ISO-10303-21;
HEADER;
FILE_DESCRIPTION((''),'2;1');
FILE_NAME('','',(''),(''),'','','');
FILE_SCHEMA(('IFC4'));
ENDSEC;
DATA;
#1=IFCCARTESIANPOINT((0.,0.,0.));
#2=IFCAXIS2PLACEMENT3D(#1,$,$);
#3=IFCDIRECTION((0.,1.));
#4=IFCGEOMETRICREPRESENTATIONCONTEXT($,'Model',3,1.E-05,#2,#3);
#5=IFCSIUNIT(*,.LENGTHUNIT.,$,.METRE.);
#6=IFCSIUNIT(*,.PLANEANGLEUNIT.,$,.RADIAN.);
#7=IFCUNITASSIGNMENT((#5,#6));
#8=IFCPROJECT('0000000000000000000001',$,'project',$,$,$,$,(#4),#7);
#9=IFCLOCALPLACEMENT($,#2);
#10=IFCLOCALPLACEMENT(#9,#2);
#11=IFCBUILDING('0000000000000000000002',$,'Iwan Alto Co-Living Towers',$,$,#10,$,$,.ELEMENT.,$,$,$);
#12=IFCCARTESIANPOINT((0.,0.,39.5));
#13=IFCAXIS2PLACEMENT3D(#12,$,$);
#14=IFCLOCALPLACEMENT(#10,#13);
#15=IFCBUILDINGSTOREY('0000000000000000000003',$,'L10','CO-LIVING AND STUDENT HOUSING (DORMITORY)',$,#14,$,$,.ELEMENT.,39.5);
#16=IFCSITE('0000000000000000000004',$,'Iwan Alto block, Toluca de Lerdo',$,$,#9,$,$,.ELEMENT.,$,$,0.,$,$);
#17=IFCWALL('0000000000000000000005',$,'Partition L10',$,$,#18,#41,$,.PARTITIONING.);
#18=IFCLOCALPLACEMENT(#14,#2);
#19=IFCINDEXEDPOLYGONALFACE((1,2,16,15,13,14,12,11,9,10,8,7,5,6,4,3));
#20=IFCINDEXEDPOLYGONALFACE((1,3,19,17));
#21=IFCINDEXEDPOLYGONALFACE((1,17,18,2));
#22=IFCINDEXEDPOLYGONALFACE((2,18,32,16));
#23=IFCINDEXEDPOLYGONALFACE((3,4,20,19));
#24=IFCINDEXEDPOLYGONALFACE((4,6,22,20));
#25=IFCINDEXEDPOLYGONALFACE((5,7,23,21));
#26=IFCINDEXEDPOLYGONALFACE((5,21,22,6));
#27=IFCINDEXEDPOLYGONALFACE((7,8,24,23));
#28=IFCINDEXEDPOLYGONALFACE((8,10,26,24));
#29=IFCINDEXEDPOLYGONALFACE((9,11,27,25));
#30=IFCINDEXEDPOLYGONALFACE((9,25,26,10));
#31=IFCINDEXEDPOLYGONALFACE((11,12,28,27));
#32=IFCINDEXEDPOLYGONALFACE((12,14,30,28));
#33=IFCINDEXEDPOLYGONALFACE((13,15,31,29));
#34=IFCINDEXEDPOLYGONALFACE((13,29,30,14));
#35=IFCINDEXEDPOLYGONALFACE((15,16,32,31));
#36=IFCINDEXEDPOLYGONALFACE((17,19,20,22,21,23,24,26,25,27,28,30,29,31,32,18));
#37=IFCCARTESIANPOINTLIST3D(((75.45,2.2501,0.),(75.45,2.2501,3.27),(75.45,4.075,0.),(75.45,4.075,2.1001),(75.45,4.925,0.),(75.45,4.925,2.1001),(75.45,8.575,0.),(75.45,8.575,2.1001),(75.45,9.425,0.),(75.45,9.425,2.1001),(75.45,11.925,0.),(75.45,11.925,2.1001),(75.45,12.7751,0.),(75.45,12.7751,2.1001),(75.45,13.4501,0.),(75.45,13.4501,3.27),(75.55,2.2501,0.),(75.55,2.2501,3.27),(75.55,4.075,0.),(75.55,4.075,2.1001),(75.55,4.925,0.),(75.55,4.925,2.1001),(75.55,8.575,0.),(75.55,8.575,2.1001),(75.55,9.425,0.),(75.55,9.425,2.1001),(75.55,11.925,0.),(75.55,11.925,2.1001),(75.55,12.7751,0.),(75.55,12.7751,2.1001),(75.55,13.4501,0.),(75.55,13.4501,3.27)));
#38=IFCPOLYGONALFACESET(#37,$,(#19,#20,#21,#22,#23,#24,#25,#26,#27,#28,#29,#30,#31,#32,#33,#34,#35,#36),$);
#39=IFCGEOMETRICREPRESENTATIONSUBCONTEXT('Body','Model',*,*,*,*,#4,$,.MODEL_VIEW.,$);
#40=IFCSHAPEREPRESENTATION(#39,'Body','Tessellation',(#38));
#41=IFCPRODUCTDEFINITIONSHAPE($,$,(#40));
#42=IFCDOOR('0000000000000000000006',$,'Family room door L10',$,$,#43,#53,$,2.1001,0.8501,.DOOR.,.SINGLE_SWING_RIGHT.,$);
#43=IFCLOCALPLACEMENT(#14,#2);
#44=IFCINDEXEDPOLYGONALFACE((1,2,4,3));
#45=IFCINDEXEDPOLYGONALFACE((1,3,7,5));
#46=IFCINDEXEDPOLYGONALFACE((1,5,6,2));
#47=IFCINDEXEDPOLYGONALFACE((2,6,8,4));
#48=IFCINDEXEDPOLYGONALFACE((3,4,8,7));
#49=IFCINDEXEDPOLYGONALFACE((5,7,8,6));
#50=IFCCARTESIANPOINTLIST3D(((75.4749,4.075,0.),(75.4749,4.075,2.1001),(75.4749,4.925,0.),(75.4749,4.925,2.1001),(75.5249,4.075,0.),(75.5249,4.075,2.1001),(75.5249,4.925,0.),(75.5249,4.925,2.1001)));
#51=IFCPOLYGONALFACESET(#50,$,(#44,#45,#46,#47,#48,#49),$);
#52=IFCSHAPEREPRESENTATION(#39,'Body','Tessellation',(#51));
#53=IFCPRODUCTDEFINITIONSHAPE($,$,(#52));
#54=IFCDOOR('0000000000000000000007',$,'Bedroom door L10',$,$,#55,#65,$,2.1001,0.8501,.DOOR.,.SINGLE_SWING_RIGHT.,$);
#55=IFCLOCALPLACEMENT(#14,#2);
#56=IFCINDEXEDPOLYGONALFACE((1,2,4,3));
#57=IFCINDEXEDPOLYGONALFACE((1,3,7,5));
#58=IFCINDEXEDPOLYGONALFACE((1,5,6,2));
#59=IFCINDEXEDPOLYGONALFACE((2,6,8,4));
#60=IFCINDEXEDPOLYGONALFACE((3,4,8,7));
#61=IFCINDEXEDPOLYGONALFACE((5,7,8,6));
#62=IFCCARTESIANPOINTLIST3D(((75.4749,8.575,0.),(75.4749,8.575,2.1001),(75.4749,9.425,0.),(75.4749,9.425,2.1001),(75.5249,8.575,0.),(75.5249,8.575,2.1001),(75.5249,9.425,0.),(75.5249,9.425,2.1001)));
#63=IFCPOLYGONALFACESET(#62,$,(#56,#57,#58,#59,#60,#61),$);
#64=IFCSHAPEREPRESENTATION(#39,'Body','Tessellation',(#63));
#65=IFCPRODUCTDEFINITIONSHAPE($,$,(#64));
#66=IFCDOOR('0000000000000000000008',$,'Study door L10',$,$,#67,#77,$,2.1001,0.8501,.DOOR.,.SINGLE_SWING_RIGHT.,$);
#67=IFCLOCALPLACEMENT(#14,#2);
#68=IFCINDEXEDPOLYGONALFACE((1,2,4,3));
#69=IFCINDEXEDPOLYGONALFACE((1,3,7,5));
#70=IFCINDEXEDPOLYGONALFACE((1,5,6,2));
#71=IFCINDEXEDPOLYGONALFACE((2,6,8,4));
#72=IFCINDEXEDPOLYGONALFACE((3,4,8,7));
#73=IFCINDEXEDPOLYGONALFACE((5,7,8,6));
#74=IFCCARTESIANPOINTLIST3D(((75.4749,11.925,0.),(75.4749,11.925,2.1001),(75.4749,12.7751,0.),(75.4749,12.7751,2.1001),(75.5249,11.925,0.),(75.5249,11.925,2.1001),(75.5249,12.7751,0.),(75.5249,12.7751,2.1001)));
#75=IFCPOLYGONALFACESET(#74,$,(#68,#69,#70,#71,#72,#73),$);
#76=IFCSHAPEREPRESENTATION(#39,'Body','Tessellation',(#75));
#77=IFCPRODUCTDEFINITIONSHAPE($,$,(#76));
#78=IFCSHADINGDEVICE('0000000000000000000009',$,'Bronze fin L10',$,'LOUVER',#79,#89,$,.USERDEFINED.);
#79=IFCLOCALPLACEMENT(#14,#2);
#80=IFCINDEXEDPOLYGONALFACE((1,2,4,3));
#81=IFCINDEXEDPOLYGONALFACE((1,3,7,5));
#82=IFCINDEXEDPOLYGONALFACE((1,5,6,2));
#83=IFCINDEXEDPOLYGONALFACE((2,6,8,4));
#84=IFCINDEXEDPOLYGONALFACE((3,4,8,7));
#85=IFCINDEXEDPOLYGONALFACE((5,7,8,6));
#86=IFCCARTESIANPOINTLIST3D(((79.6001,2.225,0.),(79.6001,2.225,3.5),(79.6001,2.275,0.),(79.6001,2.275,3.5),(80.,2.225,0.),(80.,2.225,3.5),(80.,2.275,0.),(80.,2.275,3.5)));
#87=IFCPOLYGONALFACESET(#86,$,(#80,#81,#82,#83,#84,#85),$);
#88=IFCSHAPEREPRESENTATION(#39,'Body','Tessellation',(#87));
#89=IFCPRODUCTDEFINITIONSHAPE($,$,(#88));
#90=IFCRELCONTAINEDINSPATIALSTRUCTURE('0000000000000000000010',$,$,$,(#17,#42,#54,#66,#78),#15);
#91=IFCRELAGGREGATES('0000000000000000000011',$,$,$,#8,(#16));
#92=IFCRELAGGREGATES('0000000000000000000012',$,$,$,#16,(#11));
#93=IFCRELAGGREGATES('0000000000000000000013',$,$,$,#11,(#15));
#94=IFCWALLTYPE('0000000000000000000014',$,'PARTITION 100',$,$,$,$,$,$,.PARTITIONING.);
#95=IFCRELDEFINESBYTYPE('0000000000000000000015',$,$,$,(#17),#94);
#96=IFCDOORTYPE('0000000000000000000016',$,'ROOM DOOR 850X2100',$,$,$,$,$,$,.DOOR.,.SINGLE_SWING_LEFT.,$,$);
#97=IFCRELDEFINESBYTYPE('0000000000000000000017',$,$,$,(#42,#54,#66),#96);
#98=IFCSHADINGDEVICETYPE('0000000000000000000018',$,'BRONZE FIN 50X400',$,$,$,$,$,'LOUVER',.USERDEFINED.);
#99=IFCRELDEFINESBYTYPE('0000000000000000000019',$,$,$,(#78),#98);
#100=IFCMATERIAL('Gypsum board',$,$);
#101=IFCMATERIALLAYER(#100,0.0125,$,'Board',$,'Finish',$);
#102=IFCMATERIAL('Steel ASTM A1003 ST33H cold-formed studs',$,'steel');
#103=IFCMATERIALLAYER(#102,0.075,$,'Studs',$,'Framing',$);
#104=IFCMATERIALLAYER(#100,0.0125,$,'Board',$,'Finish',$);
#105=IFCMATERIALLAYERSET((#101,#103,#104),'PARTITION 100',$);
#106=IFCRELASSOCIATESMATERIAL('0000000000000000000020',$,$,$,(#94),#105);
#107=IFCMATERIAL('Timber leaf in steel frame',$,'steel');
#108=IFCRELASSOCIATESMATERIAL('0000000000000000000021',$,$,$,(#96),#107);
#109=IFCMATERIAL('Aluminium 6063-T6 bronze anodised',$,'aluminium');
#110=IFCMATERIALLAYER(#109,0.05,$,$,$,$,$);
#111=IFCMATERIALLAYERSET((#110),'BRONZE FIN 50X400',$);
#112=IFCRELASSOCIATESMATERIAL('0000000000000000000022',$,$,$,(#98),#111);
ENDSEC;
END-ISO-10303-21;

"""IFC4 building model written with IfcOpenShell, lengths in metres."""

from ifc_helpers import new_model, si_unit, direction, frame, frame_2d, origin, origin_2d, place, context, subcontext, project, spatial, rectangle, extrude, material, layer, layer_set, type_object, element, fill, save


model = new_model("IFC4")

# Units and contexts
model_context = context("Model", 3, precision=1e-05, world=origin(), true_north=direction((0.0, 1.0)))
body_context = subcontext(model_context, "Body", "Model", "MODEL_VIEW")
ifc_project = project(units=[si_unit("LENGTHUNIT", "METRE"), si_unit("PLANEANGLEUNIT", "RADIAN")], contexts=[model_context])

# Site, building, storey
site_placement = place(None, origin())
site = spatial("IfcSite", under=ifc_project, at=site_placement, Name="Iwan Alto block, Toluca de Lerdo", CompositionType="ELEMENT", RefElevation=0.0)
building_placement = place(site_placement, origin())
building = spatial("IfcBuilding", under=site, at=building_placement, Name="Iwan Alto Co-Living Towers", CompositionType="ELEMENT")
storey_placement = place(building_placement, frame((0.0, 0.0, 39.5)))
storey = spatial("IfcBuildingStorey", under=building, at=storey_placement, Name="L10", Description="CO-LIVING AND STUDENT HOUSING (DORMITORY)", CompositionType="ELEMENT", Elevation=39.5)

# Shared definitions
ifc_material_1 = material(Name="Gypsum board")
ifc_layer_1 = layer(ifc_material_1, 0.0125, Name="Board", Category="Finish")
ifc_material_2 = material(Name="Steel ASTM A1003 ST33H cold-formed studs", Category="steel")
ifc_layer_2 = layer(ifc_material_2, 0.075, Name="Studs", Category="Framing")
ifc_layer_3 = layer(ifc_material_1, 0.0125, Name="Board", Category="Finish")
ifc_layer_set_1 = layer_set([ifc_layer_1, ifc_layer_2, ifc_layer_3], Name="PARTITION 100")
wall_type = type_object("IfcWallType", Name="PARTITION 100", PredefinedType="PARTITIONING", material=ifc_layer_set_1)

# Wall, openings, doors
wall_placement = place(storey_placement, frame((75.5, 2.25, 0.0), z_axis=(0.0, 0.0, 1.0), x_axis=(0.0, 1.0, 0.0)))
wall = element("IfcWall", 1, at=wall_placement, inside=storey, type_object=wall_type, Name="Partition L10", PredefinedType="PARTITIONING", context=body_context, shape_type="SweptSolid", body=[
    extrude(rectangle(XDim=11.2, YDim=0.1001, at=frame_2d((5.6001, 0.0))), origin(), (0.0, 0.0, 1.0), 3.27),
])
opening_1_placement = place(wall_placement, frame((1.825, 0.0, 0.0)))
opening_1 = element("IfcOpeningElement", 2, at=opening_1_placement, cuts=wall, PredefinedType="OPENING", context=body_context, shape_type="SweptSolid", body=[
    extrude(rectangle(XDim=0.8501, YDim=2.1001, at=frame_2d((0.425, 1.05))), frame((0.0, 0.0601, 0.0), z_axis=(0.0, -1.0, 0.0), x_axis=(1.0, 0.0, 0.0)), (0.0, 0.0, 1.0), 0.1201),
])
opening_2_placement = place(wall_placement, frame((6.325, 0.0, 0.0)))
opening_2 = element("IfcOpeningElement", 3, at=opening_2_placement, cuts=wall, PredefinedType="OPENING", context=body_context, shape_type="SweptSolid", body=[
    extrude(rectangle(XDim=0.8501, YDim=2.1001, at=frame_2d((0.425, 1.05))), frame((0.0, 0.0601, 0.0), z_axis=(0.0, -1.0, 0.0), x_axis=(1.0, 0.0, 0.0)), (0.0, 0.0, 1.0), 0.1201),
])
opening_3_placement = place(wall_placement, frame((9.675, 0.0, 0.0)))
opening_3 = element("IfcOpeningElement", 4, at=opening_3_placement, cuts=wall, PredefinedType="OPENING", context=body_context, shape_type="SweptSolid", body=[
    extrude(rectangle(XDim=0.8501, YDim=2.1001, at=frame_2d((0.425, 1.05))), frame((0.0, 0.0601, 0.0), z_axis=(0.0, -1.0, 0.0), x_axis=(1.0, 0.0, 0.0)), (0.0, 0.0, 1.0), 0.1201),
])
ifc_material_3 = material(Name="Timber leaf in steel frame", Category="steel")
door_type = type_object("IfcDoorType", Name="ROOM DOOR 850X2100", OperationType="SINGLE_SWING_LEFT", PredefinedType="DOOR", material=ifc_material_3)
door_1_placement = place(opening_1_placement, frame((0.8501, 0.0, 0.0), z_axis=(0.0, 0.0, 1.0), x_axis=(-1.0, 0.0, 0.0)))
door_1 = element("IfcDoor", 5, at=door_1_placement, inside=storey, type_object=door_type, Name="Family room door L10", OperationType="SINGLE_SWING_RIGHT", OverallHeight=2.1001, OverallWidth=0.8501, PredefinedType="DOOR", context=body_context, shape_type="SweptSolid", body=[
    extrude(rectangle(XDim=0.8501, YDim=2.1001, at=frame_2d((0.425, 1.05))), frame((0.0, 0.0249, 0.0), z_axis=(0.0, -1.0, 0.0), x_axis=(1.0, 0.0, 0.0)), (0.0, 0.0, 1.0), 0.05),
])
fill(opening_1, door_1)
door_2_placement = place(opening_2_placement, frame((0.8501, 0.0, 0.0), z_axis=(0.0, 0.0, 1.0), x_axis=(-1.0, 0.0, 0.0)))
door_2 = element("IfcDoor", 6, at=door_2_placement, inside=storey, type_object=door_type, Name="Bedroom door L10", OperationType="SINGLE_SWING_RIGHT", OverallHeight=2.1001, OverallWidth=0.8501, PredefinedType="DOOR", context=body_context, shape_type="SweptSolid", body=[
    extrude(rectangle(XDim=0.8501, YDim=2.1001, at=frame_2d((0.425, 1.05))), frame((0.0, 0.0249, 0.0), z_axis=(0.0, -1.0, 0.0), x_axis=(1.0, 0.0, 0.0)), (0.0, 0.0, 1.0), 0.05),
])
fill(opening_2, door_2)
door_3_placement = place(opening_3_placement, frame((0.8501, 0.0, 0.0), z_axis=(0.0, 0.0, 1.0), x_axis=(-1.0, 0.0, 0.0)))
door_3 = element("IfcDoor", 7, at=door_3_placement, inside=storey, type_object=door_type, Name="Study door L10", OperationType="SINGLE_SWING_RIGHT", OverallHeight=2.1001, OverallWidth=0.8501, PredefinedType="DOOR", context=body_context, shape_type="SweptSolid", body=[
    extrude(rectangle(XDim=0.8501, YDim=2.1001, at=frame_2d((0.425, 1.05))), frame((0.0, 0.0249, 0.0), z_axis=(0.0, -1.0, 0.0), x_axis=(1.0, 0.0, 0.0)), (0.0, 0.0, 1.0), 0.05),
])
fill(opening_3, door_3)

# Shading device
ifc_material_4 = material(Name="Aluminium 6063-T6 bronze anodised", Category="aluminium")
ifc_layer_4 = layer(ifc_material_4, 0.05)
ifc_layer_set_2 = layer_set([ifc_layer_4], Name="BRONZE FIN 50X400")
shading_device_type = type_object("IfcShadingDeviceType", Name="BRONZE FIN 50X400", ElementType="LOUVER", PredefinedType="USERDEFINED", material=ifc_layer_set_2)
shading_device_placement = place(storey_placement, frame((79.8, 2.25, 0.0), z_axis=(0.0, 0.0, 1.0), x_axis=(0.0, 1.0, 0.0)))
element("IfcShadingDevice", 8, at=shading_device_placement, inside=storey, type_object=shading_device_type, Name="Bronze fin L10", ObjectType="LOUVER", PredefinedType="USERDEFINED", context=body_context, shape_type="SweptSolid", body=[
    extrude(rectangle(XDim=0.05, YDim=0.3999, at=origin_2d()), origin(), (0.0, 0.0, 1.0), 3.5),
])

save(model, "model.ifc")
